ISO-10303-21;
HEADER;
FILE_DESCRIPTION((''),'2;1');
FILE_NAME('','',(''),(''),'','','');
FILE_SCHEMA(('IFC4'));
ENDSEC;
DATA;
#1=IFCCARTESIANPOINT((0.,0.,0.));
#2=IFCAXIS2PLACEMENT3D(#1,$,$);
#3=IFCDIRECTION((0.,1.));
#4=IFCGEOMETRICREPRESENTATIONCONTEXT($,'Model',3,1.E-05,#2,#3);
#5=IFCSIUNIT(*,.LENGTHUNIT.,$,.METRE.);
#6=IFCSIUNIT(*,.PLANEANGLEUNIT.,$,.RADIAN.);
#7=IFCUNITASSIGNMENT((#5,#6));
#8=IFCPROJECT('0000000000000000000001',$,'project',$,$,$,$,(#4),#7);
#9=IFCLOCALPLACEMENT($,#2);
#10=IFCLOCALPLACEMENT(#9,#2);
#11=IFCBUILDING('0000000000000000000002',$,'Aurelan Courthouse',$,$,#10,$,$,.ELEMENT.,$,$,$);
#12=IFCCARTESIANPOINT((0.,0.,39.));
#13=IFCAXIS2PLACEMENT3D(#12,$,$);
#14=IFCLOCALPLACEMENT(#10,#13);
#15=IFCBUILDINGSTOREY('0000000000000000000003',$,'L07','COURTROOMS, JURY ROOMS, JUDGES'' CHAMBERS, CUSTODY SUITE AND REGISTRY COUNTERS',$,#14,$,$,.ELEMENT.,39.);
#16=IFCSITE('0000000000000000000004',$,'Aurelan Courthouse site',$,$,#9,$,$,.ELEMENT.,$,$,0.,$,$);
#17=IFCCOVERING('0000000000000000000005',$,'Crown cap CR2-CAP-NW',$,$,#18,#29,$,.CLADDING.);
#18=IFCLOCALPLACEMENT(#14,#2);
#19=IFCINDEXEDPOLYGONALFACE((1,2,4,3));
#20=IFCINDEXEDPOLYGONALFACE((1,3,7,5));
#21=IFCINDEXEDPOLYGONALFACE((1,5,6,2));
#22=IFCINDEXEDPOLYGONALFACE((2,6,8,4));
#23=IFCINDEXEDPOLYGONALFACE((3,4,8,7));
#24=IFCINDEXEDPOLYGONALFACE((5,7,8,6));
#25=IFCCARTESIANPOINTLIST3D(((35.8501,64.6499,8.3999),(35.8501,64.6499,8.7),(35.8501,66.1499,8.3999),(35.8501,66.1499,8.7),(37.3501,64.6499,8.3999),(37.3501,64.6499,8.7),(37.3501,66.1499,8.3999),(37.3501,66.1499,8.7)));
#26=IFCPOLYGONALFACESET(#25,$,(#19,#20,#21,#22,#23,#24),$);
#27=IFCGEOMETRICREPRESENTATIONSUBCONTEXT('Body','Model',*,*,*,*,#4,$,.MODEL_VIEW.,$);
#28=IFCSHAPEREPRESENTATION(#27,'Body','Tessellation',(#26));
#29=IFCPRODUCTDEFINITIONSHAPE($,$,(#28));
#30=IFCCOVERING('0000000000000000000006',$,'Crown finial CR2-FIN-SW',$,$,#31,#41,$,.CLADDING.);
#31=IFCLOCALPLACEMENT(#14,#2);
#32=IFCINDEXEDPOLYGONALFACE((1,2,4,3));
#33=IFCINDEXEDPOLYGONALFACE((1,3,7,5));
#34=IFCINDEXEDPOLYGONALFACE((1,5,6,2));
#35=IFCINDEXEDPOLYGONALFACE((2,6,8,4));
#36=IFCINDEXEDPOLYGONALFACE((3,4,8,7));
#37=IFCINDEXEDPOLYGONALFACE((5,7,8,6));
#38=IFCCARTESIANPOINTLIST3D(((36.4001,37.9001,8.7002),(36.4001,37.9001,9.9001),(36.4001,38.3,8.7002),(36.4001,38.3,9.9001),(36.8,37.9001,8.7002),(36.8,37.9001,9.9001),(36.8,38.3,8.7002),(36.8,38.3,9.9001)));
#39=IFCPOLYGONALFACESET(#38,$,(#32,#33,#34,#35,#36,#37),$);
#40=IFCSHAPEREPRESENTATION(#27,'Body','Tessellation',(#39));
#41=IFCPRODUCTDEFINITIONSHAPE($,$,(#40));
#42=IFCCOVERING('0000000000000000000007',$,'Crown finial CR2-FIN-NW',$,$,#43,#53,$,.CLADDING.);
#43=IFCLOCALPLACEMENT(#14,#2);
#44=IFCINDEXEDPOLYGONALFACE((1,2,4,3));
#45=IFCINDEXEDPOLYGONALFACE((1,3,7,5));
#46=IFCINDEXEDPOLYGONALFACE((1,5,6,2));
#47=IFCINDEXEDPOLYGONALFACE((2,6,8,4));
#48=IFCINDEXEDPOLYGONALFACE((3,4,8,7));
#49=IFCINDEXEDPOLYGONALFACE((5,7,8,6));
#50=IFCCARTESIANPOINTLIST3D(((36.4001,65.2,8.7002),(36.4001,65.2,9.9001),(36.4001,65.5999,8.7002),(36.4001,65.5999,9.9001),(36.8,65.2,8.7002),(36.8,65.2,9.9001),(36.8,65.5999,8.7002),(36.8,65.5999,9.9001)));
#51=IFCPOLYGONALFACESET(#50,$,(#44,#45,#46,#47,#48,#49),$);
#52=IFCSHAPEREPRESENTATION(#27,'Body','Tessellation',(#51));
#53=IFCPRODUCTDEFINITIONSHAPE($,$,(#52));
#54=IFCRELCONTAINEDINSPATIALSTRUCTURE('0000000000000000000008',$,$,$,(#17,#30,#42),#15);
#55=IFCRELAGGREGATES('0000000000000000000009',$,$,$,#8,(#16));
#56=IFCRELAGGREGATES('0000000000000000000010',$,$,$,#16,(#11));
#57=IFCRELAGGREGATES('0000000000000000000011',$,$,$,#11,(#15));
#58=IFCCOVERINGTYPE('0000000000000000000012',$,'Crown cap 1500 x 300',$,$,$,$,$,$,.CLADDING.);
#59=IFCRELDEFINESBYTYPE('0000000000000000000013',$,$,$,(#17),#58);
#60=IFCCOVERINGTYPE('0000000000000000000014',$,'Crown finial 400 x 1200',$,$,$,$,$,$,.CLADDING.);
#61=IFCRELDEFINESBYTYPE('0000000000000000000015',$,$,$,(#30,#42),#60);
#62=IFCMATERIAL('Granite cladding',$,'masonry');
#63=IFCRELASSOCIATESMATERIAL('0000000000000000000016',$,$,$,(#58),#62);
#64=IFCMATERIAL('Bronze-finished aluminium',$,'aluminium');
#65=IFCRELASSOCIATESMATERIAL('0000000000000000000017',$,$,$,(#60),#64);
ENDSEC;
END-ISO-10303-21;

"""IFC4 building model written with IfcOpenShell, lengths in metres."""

from ifc_helpers import new_model, si_unit, direction, frame, origin, origin_2d, place, context, subcontext, project, spatial, rectangle, extrude, material, type_object, element, save


model = new_model("IFC4")

# Units and contexts
model_context = context("Model", 3, precision=1e-05, world=origin(), true_north=direction((0.0, 1.0)))
body_context = subcontext(model_context, "Body", "Model", "MODEL_VIEW")
ifc_project = project(units=[si_unit("LENGTHUNIT", "METRE"), si_unit("PLANEANGLEUNIT", "RADIAN")], contexts=[model_context])

# Site, building, storey
site_placement = place(None, origin())
site = spatial("IfcSite", under=ifc_project, at=site_placement, Name="Aurelan Courthouse site", CompositionType="ELEMENT", RefElevation=0.0)
building_placement = place(site_placement, origin())
building = spatial("IfcBuilding", under=site, at=building_placement, Name="Aurelan Courthouse", CompositionType="ELEMENT")
storey_placement = place(building_placement, frame((0.0, 0.0, 39.0)))
storey = spatial("IfcBuildingStorey", under=building, at=storey_placement, Name="L07", Description="COURTROOMS, JURY ROOMS, JUDGES' CHAMBERS, CUSTODY SUITE AND REGISTRY COUNTERS", CompositionType="ELEMENT", Elevation=39.0)

# Coverings
ifc_material_1 = material(Name="Granite cladding", Category="masonry")
covering_type_1 = type_object("IfcCoveringType", Name="Crown cap 1500 x 300", PredefinedType="CLADDING", material=ifc_material_1)
for number, where, z_axis, x_axis, name in (
    (1, (36.6001, 65.3999, 8.3999), (0.0, 0.0, 1.0), (1.0, 0.0, 0.0), "Crown cap CR2-CAP-NW"),
):
    element("IfcCovering", number, at=place(storey_placement, frame(where, z_axis=z_axis, x_axis=x_axis)), inside=storey, type_object=covering_type_1, Name=name, PredefinedType="CLADDING", context=body_context, shape_type="SweptSolid", body=[
        extrude(rectangle(XDim=1.5, YDim=1.5, at=origin_2d()), origin(), (0.0, 0.0, 1.0), 0.3),
    ])
ifc_material_2 = material(Name="Bronze-finished aluminium", Category="aluminium")
covering_type_2 = type_object("IfcCoveringType", Name="Crown finial 400 x 1200", PredefinedType="CLADDING", material=ifc_material_2)
for number, where, z_axis, x_axis, name in (
    (2, (36.6001, 38.1001, 8.7002), (0.0, 0.0, 1.0), (1.0, 0.0, 0.0), "Crown finial CR2-FIN-SW"),
    (3, (36.6001, 65.3999, 8.7002), (0.0, 0.0, 1.0), (1.0, 0.0, 0.0), "Crown finial CR2-FIN-NW"),
):
    element("IfcCovering", number, at=place(storey_placement, frame(where, z_axis=z_axis, x_axis=x_axis)), inside=storey, type_object=covering_type_2, Name=name, PredefinedType="CLADDING", context=body_context, shape_type="SweptSolid", body=[
        extrude(rectangle(XDim=0.3999, YDim=0.3999, at=origin_2d()), origin(), (0.0, 0.0, 1.0), 1.2),
    ])

save(model, "model.ifc")
